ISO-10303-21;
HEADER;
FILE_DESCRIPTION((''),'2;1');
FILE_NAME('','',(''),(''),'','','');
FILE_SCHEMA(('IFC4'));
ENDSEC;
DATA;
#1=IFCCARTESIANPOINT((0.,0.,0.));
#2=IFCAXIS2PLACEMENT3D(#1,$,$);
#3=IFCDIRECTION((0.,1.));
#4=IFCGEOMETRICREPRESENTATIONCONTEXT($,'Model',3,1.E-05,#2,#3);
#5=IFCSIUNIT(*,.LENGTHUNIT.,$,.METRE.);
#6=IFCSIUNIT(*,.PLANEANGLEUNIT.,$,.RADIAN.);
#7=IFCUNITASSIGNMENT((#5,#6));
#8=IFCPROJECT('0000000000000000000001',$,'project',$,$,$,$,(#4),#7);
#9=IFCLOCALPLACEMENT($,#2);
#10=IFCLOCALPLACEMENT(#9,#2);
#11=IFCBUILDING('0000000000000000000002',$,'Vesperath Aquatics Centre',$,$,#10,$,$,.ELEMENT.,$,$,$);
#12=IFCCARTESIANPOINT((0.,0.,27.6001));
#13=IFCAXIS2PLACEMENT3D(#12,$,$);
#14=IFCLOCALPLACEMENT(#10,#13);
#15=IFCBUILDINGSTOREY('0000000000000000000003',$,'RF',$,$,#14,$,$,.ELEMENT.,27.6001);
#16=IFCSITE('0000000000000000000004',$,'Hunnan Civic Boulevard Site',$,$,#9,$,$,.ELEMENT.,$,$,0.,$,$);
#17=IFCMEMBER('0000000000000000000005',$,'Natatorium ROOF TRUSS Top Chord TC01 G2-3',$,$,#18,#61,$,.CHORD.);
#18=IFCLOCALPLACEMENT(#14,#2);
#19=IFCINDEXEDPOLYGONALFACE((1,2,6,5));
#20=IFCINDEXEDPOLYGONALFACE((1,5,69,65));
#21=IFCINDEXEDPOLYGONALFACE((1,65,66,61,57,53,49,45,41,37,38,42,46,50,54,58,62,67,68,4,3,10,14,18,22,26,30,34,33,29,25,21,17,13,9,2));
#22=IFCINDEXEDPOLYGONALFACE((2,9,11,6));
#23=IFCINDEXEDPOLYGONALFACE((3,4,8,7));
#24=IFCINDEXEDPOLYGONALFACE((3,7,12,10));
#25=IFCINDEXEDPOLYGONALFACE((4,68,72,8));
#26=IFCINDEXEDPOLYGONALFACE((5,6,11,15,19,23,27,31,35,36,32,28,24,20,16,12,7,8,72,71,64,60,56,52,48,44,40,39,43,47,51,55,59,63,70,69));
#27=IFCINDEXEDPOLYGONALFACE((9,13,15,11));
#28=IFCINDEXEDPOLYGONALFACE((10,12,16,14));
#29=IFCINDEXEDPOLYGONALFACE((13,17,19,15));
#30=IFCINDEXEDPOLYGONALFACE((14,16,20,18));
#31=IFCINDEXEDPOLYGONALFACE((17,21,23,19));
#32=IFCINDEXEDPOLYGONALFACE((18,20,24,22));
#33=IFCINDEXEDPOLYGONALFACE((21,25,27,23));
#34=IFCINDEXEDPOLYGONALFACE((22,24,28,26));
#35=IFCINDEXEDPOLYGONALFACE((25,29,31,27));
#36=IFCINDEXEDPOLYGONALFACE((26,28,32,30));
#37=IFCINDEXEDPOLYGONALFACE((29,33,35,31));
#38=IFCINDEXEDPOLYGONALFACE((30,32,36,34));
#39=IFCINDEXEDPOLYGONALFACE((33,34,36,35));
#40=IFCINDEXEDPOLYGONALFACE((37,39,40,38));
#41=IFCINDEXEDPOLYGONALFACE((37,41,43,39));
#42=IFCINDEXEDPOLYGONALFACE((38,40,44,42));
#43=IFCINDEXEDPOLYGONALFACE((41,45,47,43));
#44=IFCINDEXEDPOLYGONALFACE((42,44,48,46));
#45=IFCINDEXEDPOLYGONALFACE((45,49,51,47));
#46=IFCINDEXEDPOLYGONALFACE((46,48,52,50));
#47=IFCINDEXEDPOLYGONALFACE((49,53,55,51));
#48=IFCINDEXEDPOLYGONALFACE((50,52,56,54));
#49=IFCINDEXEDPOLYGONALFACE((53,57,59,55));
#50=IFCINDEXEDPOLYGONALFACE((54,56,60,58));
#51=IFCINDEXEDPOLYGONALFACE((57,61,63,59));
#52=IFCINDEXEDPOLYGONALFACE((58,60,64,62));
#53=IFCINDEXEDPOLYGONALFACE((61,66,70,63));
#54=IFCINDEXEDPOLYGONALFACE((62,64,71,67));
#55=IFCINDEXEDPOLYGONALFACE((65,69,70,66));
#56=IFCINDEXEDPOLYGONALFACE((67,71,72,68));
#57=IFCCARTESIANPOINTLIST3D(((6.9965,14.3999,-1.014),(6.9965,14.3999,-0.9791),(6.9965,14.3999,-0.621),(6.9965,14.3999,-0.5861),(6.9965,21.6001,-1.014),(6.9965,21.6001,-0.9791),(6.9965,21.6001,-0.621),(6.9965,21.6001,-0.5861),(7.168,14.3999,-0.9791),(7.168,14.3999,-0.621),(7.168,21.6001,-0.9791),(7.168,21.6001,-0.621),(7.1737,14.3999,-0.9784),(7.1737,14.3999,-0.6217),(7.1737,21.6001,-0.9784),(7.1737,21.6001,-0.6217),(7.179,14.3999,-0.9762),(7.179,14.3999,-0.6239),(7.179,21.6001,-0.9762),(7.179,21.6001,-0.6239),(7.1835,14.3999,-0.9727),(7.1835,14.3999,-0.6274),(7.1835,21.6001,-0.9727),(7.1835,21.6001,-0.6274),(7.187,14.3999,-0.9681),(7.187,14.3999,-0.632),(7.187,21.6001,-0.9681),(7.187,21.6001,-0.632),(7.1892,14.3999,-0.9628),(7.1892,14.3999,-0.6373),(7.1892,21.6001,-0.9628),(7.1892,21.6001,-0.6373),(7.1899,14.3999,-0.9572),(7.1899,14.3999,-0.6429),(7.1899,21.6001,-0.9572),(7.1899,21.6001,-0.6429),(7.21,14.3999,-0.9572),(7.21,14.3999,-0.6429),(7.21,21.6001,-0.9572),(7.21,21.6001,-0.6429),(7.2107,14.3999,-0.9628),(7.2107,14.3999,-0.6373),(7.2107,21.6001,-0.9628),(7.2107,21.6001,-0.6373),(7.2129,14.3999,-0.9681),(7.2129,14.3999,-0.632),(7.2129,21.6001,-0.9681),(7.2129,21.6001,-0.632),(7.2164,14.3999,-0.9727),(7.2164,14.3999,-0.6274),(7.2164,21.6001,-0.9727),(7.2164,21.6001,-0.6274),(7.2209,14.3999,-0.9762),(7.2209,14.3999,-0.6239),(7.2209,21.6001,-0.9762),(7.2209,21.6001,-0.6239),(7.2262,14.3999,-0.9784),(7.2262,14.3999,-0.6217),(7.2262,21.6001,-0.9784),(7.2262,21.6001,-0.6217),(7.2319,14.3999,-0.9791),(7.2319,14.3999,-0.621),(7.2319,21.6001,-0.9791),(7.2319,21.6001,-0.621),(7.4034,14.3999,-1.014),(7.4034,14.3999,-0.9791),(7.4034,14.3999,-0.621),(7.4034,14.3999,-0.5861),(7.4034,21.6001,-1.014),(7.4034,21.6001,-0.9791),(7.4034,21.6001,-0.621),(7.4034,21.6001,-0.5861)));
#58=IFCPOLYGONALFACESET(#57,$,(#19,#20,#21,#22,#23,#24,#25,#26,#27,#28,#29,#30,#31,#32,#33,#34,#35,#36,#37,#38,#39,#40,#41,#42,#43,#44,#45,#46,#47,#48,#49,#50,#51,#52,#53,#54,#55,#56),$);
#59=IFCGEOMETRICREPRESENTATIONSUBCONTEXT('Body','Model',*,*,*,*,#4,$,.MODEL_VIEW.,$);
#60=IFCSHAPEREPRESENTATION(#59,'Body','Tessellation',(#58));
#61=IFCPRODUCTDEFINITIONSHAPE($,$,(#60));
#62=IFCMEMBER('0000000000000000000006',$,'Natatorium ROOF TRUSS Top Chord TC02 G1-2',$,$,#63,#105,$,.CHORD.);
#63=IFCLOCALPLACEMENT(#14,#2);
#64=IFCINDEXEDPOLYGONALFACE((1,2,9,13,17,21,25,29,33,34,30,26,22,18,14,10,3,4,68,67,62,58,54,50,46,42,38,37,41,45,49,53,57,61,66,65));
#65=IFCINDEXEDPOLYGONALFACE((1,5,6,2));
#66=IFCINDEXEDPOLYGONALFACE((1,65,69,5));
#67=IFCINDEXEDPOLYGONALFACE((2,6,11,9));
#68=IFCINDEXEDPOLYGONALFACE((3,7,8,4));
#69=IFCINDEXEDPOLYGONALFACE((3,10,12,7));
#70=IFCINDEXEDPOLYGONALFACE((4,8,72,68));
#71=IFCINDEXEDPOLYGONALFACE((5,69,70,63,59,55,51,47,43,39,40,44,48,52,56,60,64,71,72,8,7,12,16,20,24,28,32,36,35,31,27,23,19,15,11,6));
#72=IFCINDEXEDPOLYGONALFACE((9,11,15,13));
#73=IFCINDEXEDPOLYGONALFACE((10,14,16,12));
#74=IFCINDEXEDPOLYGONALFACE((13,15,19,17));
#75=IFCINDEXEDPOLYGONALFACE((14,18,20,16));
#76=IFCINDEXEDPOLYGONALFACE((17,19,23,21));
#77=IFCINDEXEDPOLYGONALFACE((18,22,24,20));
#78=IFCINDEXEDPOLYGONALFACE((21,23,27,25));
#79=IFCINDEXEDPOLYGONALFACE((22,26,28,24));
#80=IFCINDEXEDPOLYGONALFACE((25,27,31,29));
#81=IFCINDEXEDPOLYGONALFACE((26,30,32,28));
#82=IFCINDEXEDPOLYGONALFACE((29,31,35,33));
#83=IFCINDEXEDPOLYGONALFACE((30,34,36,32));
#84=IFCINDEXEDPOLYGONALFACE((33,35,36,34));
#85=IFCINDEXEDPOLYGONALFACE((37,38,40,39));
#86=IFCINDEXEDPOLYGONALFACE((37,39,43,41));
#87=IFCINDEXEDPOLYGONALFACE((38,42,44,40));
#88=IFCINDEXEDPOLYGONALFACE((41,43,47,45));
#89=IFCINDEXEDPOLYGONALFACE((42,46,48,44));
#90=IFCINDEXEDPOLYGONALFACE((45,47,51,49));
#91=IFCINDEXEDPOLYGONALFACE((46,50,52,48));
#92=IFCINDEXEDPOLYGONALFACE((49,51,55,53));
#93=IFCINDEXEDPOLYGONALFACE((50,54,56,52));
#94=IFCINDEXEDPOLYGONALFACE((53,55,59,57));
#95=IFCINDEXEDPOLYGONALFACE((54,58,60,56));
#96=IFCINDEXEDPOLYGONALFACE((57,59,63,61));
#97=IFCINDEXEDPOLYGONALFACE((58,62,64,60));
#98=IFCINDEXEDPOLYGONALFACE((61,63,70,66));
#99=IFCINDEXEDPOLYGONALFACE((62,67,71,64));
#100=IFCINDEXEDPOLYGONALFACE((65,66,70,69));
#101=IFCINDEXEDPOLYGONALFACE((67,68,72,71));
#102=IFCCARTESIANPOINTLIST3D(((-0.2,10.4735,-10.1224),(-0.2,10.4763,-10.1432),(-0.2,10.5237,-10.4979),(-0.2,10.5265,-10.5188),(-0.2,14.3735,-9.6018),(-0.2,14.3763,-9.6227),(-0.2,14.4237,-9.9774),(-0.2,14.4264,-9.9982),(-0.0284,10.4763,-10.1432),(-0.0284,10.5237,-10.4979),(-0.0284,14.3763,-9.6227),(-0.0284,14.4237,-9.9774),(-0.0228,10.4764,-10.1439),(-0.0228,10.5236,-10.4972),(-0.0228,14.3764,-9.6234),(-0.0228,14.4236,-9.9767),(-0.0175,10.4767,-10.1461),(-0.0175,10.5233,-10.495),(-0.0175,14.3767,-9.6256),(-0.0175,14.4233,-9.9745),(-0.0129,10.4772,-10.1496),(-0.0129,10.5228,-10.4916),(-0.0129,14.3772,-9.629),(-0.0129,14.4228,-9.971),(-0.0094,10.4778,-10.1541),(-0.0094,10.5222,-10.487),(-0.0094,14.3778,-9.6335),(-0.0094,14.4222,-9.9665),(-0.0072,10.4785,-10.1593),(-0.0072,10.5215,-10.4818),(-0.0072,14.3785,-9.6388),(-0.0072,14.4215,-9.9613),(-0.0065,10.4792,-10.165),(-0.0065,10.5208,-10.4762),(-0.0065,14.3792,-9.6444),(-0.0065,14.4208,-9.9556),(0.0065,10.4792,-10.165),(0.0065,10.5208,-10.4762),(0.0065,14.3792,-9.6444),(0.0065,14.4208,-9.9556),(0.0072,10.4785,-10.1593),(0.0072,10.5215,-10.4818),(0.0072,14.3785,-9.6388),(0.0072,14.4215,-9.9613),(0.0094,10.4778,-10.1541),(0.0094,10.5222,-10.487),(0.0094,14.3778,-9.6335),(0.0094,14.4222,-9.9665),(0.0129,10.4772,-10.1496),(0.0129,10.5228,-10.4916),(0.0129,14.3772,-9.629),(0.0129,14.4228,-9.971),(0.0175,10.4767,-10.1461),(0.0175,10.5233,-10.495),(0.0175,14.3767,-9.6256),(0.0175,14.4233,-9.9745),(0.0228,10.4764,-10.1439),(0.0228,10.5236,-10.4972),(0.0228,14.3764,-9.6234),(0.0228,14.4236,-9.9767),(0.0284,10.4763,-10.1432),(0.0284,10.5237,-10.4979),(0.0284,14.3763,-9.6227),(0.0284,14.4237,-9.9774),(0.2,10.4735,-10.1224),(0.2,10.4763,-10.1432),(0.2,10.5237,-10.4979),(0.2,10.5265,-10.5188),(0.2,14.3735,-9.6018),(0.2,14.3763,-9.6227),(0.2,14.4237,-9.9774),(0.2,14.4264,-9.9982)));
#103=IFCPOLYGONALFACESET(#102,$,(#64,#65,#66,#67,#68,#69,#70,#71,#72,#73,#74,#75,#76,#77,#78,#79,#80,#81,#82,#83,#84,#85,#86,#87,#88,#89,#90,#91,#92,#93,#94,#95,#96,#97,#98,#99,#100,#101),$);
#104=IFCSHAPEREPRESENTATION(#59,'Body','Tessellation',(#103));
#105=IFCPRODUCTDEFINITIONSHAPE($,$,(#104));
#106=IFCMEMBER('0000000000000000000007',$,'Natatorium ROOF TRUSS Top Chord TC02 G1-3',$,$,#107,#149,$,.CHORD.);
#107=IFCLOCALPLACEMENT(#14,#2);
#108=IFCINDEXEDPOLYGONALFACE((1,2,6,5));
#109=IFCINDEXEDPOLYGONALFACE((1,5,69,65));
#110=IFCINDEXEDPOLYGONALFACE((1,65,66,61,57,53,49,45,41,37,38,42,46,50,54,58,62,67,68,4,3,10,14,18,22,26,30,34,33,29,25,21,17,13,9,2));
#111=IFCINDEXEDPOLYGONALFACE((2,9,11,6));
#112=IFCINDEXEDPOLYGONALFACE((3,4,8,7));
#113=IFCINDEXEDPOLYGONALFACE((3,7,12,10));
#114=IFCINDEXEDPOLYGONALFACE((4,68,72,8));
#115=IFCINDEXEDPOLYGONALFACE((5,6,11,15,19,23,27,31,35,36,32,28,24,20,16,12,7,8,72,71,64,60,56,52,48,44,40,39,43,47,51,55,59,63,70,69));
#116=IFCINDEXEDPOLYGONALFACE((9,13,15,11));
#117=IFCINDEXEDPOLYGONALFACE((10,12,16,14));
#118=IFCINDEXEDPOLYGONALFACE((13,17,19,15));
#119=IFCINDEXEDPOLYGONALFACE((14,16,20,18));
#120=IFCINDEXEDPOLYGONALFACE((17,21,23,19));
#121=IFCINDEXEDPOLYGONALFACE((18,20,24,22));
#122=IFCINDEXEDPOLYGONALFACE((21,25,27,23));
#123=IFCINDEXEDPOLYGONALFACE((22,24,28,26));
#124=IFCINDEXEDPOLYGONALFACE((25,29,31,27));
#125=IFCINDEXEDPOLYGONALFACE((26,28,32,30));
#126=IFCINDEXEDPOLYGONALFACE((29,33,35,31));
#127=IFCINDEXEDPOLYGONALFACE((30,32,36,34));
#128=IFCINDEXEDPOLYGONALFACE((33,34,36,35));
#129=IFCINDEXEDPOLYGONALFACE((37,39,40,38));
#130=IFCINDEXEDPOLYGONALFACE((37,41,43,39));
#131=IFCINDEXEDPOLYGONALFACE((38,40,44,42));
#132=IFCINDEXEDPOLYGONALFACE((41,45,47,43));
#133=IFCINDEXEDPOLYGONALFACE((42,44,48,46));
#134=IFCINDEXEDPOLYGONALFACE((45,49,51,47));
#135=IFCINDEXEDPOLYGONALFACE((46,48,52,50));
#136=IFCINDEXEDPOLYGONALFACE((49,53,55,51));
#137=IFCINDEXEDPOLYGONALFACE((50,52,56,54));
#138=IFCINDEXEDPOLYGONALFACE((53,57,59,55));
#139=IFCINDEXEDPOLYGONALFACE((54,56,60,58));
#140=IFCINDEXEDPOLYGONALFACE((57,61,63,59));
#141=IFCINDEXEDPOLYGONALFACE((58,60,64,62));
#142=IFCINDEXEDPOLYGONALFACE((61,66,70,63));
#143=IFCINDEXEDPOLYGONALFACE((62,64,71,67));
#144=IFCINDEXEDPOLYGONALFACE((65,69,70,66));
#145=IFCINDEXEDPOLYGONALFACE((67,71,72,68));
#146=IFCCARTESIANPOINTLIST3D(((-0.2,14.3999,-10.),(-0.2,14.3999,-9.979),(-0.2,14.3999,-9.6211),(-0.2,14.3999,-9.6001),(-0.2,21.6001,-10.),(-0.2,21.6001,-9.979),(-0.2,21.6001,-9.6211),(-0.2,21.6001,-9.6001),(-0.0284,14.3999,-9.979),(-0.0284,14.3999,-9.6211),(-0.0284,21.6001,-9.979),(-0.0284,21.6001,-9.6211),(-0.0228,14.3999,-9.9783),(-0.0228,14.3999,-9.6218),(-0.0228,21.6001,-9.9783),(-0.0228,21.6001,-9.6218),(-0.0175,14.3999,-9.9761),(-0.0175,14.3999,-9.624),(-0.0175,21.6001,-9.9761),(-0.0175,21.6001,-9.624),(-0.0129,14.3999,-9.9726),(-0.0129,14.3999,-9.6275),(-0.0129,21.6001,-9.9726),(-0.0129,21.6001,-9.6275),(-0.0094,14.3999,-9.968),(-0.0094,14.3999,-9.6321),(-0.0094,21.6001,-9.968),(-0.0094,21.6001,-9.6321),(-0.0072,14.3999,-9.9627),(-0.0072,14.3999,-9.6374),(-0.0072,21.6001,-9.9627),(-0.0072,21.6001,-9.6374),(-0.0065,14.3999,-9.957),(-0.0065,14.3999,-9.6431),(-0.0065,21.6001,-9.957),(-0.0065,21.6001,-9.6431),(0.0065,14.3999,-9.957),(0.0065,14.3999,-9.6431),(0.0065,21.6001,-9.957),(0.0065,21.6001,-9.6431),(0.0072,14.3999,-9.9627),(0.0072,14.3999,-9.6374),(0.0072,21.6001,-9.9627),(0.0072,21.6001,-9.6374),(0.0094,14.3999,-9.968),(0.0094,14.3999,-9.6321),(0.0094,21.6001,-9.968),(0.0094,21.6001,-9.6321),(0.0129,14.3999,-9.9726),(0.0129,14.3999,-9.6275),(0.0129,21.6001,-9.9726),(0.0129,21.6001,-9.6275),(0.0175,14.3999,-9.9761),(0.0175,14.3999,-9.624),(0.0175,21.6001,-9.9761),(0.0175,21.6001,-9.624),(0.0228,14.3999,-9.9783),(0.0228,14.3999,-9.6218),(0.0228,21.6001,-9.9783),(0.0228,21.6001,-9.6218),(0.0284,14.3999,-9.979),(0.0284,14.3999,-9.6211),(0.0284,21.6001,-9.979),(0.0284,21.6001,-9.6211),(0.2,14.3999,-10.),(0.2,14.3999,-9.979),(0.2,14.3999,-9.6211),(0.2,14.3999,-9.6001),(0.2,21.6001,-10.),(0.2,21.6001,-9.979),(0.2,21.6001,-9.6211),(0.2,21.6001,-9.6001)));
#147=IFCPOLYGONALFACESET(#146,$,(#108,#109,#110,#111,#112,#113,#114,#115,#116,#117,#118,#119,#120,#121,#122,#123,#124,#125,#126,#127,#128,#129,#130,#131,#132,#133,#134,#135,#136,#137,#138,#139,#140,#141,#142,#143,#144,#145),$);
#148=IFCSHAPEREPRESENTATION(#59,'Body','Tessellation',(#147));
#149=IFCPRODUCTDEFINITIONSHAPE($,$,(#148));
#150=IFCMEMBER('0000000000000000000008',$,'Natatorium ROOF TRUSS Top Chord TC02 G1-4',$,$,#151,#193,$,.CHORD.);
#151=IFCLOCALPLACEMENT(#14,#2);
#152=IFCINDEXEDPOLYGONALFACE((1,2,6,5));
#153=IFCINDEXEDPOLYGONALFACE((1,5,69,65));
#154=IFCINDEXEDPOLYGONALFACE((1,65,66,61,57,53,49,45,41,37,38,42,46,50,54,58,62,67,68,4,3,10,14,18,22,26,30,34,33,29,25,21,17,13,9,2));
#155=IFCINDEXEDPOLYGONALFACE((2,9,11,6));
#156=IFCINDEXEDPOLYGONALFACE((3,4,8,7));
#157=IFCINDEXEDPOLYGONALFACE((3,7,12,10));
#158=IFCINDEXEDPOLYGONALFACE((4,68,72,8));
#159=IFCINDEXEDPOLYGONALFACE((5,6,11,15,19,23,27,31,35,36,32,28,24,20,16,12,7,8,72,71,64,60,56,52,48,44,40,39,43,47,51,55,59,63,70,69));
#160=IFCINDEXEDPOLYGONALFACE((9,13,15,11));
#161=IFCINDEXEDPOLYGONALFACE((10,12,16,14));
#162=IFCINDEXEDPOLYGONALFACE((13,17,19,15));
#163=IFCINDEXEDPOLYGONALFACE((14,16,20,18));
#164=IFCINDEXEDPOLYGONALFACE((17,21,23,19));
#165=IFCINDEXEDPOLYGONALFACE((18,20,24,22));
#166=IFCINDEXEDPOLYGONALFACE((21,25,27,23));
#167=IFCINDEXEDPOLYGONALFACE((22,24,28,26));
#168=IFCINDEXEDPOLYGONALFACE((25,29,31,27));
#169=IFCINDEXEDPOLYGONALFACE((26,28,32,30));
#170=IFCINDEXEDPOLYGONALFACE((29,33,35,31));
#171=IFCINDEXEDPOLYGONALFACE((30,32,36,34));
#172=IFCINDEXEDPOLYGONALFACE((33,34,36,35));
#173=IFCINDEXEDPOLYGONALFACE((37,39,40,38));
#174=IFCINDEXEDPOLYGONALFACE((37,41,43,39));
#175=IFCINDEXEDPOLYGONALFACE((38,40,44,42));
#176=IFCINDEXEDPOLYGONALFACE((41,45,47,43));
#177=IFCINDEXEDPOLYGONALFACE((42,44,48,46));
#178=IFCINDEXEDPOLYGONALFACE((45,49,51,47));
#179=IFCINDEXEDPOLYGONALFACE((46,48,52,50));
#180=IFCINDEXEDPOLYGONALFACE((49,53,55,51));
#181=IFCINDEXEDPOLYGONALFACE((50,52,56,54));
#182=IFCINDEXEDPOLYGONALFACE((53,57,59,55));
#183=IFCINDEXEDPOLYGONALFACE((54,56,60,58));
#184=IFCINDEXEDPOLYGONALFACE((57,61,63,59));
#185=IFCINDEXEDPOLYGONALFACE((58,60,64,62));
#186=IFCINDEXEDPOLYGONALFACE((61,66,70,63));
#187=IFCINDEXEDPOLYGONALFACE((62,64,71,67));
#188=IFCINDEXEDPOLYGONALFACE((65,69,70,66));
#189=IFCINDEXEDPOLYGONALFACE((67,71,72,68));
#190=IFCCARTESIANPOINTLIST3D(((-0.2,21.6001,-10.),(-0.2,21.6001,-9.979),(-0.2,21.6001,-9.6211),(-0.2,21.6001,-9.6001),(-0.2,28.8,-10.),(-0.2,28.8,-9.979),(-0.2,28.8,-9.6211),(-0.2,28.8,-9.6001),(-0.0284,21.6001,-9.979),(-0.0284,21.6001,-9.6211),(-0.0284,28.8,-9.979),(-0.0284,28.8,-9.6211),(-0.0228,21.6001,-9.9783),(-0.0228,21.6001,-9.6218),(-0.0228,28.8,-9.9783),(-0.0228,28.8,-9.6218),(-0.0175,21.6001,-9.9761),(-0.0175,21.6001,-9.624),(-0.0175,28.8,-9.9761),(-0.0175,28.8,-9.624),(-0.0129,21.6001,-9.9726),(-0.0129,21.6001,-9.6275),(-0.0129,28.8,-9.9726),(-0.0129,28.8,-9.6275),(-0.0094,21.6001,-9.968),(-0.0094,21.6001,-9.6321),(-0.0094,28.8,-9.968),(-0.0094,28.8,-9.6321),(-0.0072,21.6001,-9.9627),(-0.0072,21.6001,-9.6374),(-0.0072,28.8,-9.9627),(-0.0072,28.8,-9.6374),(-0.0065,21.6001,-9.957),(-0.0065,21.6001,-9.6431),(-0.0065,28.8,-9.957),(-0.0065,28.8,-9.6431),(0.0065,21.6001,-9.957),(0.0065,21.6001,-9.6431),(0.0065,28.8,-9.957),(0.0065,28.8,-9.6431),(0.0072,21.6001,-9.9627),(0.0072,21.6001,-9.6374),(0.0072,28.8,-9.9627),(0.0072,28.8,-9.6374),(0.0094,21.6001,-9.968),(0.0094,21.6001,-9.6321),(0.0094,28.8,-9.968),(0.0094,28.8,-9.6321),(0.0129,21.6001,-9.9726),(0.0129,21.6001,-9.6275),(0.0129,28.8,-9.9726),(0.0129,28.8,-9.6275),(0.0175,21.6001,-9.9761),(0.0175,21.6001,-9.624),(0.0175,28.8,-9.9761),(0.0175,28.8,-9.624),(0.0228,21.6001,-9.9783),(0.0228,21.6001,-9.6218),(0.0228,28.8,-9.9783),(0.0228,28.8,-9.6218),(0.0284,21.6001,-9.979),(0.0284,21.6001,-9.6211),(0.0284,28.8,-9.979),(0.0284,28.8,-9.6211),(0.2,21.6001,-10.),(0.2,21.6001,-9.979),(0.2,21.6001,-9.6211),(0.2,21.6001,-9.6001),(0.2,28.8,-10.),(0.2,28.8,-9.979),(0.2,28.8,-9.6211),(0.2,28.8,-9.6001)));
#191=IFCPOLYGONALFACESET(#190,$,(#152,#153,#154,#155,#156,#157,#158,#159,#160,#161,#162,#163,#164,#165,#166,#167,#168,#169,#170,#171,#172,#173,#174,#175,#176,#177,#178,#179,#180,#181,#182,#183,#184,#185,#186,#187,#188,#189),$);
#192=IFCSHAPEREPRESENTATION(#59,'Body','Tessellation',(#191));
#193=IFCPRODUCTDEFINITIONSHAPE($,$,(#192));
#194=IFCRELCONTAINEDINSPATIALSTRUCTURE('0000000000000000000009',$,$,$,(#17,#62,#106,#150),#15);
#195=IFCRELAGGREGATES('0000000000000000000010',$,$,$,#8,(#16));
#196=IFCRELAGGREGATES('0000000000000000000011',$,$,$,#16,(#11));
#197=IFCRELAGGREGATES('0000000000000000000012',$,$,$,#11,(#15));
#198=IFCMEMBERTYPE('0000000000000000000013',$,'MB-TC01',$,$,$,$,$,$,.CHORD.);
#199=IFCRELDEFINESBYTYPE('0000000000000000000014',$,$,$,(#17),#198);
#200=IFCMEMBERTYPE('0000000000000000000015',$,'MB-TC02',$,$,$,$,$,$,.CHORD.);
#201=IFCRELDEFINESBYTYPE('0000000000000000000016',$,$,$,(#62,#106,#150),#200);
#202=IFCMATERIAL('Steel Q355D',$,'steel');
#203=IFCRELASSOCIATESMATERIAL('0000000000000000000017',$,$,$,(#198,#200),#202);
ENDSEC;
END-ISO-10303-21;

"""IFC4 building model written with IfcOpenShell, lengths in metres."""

from ifc_helpers import new_model, si_unit, direction, frame, origin, origin_2d, place, context, subcontext, project, spatial, i_section, extrude, material, material_profile, profile_set, type_object, element, save


model = new_model("IFC4")

# Units and contexts
model_context = context("Model", 3, precision=1e-05, world=origin(), true_north=direction((0.0, 1.0)))
body_context = subcontext(model_context, "Body", "Model", "MODEL_VIEW")
ifc_project = project(units=[si_unit("LENGTHUNIT", "METRE"), si_unit("PLANEANGLEUNIT", "RADIAN")], contexts=[model_context])

# Site, building, storey
site_placement = place(None, origin())
site = spatial("IfcSite", under=ifc_project, at=site_placement, Name="Hunnan Civic Boulevard Site", CompositionType="ELEMENT", RefElevation=0.0)
building_placement = place(site_placement, origin())
building = spatial("IfcBuilding", under=site, at=building_placement, Name="Vesperath Aquatics Centre", CompositionType="ELEMENT")
storey_placement = place(building_placement, frame((0.0, 0.0, 27.6001)))
storey = spatial("IfcBuildingStorey", under=building, at=storey_placement, Name="RF", CompositionType="ELEMENT", Elevation=27.6001)

# Members
ifc_material_1 = material(Name="Steel Q355D", Category="steel")
ifc_material_profile_1 = material_profile(ifc_material_1, i_section(OverallWidth=0.407, OverallDepth=0.428, WebThickness=0.02, FlangeThickness=0.0349, FilletRadius=0.022, at=origin_2d()), Name="HW 428x407x20x35")
ifc_profile_set_1 = profile_set([ifc_material_profile_1], Name="Steel Q355D")
member_type_1 = type_object("IfcMemberType", Name="MB-TC01", PredefinedType="CHORD", material=ifc_profile_set_1)
member_1_placement = place(storey_placement, frame((7.2, 14.3999, -0.8), z_axis=(0.0, 1.0, 0.0), x_axis=(-1.0, 0.0, 0.0)))
element("IfcMember", 1, at=member_1_placement, inside=storey, type_object=member_type_1, Name="Natatorium ROOF TRUSS Top Chord TC01 G2-3", PredefinedType="CHORD", context=body_context, shape_type="SweptSolid", body=[
    extrude(i_section(OverallWidth=0.407, OverallDepth=0.428, WebThickness=0.02, FlangeThickness=0.0349, FilletRadius=0.022, at=origin_2d()), origin(), (0.0, 0.0, 1.0), 7.2002),
])
ifc_material_profile_2 = material_profile(ifc_material_1, i_section(OverallWidth=0.3999, OverallDepth=0.3999, WebThickness=0.0129, FlangeThickness=0.021, FilletRadius=0.022, at=origin_2d()), Name="HW 400x400x13x21")
ifc_profile_set_2 = profile_set([ifc_material_profile_2], Name="Steel Q355D")
member_type_2 = type_object("IfcMemberType", Name="MB-TC02", PredefinedType="CHORD", material=ifc_profile_set_2)
member_2_placement = place(storey_placement, frame((0.0, 10.5, -10.3206), z_axis=(0.0, 0.991211, 0.132294), x_axis=(-1.0, 0.0, 0.0)))
element("IfcMember", 2, at=member_2_placement, inside=storey, type_object=member_type_2, Name="Natatorium ROOF TRUSS Top Chord TC02 G1-2", PredefinedType="CHORD", context=body_context, shape_type="SweptSolid", body=[
    extrude(i_section(OverallWidth=0.3999, OverallDepth=0.3999, WebThickness=0.0129, FlangeThickness=0.021, FilletRadius=0.022, at=origin_2d()), origin(), (0.0, 0.0, 1.0), 3.9346),
])
member_3_placement = place(storey_placement, frame((0.0, 14.3999, -9.8), z_axis=(0.0, 1.0, 0.0), x_axis=(-1.0, 0.0, 0.0)))
element("IfcMember", 3, at=member_3_placement, inside=storey, type_object=member_type_2, Name="Natatorium ROOF TRUSS Top Chord TC02 G1-3", PredefinedType="CHORD", context=body_context, shape_type="SweptSolid", body=[
    extrude(i_section(OverallWidth=0.3999, OverallDepth=0.3999, WebThickness=0.0129, FlangeThickness=0.021, FilletRadius=0.022, at=origin_2d()), origin(), (0.0, 0.0, 1.0), 7.2002),
])
member_4_placement = place(storey_placement, frame((0.0, 21.6001, -9.8), z_axis=(0.0, 1.0, 0.0), x_axis=(-1.0, 0.0, 0.0)))
element("IfcMember", 4, at=member_4_placement, inside=storey, type_object=member_type_2, Name="Natatorium ROOF TRUSS Top Chord TC02 G1-4", PredefinedType="CHORD", context=body_context, shape_type="SweptSolid", body=[
    extrude(i_section(OverallWidth=0.3999, OverallDepth=0.3999, WebThickness=0.0129, FlangeThickness=0.021, FilletRadius=0.022, at=origin_2d()), origin(), (0.0, 0.0, 1.0), 7.2),
])

save(model, "model.ifc")
